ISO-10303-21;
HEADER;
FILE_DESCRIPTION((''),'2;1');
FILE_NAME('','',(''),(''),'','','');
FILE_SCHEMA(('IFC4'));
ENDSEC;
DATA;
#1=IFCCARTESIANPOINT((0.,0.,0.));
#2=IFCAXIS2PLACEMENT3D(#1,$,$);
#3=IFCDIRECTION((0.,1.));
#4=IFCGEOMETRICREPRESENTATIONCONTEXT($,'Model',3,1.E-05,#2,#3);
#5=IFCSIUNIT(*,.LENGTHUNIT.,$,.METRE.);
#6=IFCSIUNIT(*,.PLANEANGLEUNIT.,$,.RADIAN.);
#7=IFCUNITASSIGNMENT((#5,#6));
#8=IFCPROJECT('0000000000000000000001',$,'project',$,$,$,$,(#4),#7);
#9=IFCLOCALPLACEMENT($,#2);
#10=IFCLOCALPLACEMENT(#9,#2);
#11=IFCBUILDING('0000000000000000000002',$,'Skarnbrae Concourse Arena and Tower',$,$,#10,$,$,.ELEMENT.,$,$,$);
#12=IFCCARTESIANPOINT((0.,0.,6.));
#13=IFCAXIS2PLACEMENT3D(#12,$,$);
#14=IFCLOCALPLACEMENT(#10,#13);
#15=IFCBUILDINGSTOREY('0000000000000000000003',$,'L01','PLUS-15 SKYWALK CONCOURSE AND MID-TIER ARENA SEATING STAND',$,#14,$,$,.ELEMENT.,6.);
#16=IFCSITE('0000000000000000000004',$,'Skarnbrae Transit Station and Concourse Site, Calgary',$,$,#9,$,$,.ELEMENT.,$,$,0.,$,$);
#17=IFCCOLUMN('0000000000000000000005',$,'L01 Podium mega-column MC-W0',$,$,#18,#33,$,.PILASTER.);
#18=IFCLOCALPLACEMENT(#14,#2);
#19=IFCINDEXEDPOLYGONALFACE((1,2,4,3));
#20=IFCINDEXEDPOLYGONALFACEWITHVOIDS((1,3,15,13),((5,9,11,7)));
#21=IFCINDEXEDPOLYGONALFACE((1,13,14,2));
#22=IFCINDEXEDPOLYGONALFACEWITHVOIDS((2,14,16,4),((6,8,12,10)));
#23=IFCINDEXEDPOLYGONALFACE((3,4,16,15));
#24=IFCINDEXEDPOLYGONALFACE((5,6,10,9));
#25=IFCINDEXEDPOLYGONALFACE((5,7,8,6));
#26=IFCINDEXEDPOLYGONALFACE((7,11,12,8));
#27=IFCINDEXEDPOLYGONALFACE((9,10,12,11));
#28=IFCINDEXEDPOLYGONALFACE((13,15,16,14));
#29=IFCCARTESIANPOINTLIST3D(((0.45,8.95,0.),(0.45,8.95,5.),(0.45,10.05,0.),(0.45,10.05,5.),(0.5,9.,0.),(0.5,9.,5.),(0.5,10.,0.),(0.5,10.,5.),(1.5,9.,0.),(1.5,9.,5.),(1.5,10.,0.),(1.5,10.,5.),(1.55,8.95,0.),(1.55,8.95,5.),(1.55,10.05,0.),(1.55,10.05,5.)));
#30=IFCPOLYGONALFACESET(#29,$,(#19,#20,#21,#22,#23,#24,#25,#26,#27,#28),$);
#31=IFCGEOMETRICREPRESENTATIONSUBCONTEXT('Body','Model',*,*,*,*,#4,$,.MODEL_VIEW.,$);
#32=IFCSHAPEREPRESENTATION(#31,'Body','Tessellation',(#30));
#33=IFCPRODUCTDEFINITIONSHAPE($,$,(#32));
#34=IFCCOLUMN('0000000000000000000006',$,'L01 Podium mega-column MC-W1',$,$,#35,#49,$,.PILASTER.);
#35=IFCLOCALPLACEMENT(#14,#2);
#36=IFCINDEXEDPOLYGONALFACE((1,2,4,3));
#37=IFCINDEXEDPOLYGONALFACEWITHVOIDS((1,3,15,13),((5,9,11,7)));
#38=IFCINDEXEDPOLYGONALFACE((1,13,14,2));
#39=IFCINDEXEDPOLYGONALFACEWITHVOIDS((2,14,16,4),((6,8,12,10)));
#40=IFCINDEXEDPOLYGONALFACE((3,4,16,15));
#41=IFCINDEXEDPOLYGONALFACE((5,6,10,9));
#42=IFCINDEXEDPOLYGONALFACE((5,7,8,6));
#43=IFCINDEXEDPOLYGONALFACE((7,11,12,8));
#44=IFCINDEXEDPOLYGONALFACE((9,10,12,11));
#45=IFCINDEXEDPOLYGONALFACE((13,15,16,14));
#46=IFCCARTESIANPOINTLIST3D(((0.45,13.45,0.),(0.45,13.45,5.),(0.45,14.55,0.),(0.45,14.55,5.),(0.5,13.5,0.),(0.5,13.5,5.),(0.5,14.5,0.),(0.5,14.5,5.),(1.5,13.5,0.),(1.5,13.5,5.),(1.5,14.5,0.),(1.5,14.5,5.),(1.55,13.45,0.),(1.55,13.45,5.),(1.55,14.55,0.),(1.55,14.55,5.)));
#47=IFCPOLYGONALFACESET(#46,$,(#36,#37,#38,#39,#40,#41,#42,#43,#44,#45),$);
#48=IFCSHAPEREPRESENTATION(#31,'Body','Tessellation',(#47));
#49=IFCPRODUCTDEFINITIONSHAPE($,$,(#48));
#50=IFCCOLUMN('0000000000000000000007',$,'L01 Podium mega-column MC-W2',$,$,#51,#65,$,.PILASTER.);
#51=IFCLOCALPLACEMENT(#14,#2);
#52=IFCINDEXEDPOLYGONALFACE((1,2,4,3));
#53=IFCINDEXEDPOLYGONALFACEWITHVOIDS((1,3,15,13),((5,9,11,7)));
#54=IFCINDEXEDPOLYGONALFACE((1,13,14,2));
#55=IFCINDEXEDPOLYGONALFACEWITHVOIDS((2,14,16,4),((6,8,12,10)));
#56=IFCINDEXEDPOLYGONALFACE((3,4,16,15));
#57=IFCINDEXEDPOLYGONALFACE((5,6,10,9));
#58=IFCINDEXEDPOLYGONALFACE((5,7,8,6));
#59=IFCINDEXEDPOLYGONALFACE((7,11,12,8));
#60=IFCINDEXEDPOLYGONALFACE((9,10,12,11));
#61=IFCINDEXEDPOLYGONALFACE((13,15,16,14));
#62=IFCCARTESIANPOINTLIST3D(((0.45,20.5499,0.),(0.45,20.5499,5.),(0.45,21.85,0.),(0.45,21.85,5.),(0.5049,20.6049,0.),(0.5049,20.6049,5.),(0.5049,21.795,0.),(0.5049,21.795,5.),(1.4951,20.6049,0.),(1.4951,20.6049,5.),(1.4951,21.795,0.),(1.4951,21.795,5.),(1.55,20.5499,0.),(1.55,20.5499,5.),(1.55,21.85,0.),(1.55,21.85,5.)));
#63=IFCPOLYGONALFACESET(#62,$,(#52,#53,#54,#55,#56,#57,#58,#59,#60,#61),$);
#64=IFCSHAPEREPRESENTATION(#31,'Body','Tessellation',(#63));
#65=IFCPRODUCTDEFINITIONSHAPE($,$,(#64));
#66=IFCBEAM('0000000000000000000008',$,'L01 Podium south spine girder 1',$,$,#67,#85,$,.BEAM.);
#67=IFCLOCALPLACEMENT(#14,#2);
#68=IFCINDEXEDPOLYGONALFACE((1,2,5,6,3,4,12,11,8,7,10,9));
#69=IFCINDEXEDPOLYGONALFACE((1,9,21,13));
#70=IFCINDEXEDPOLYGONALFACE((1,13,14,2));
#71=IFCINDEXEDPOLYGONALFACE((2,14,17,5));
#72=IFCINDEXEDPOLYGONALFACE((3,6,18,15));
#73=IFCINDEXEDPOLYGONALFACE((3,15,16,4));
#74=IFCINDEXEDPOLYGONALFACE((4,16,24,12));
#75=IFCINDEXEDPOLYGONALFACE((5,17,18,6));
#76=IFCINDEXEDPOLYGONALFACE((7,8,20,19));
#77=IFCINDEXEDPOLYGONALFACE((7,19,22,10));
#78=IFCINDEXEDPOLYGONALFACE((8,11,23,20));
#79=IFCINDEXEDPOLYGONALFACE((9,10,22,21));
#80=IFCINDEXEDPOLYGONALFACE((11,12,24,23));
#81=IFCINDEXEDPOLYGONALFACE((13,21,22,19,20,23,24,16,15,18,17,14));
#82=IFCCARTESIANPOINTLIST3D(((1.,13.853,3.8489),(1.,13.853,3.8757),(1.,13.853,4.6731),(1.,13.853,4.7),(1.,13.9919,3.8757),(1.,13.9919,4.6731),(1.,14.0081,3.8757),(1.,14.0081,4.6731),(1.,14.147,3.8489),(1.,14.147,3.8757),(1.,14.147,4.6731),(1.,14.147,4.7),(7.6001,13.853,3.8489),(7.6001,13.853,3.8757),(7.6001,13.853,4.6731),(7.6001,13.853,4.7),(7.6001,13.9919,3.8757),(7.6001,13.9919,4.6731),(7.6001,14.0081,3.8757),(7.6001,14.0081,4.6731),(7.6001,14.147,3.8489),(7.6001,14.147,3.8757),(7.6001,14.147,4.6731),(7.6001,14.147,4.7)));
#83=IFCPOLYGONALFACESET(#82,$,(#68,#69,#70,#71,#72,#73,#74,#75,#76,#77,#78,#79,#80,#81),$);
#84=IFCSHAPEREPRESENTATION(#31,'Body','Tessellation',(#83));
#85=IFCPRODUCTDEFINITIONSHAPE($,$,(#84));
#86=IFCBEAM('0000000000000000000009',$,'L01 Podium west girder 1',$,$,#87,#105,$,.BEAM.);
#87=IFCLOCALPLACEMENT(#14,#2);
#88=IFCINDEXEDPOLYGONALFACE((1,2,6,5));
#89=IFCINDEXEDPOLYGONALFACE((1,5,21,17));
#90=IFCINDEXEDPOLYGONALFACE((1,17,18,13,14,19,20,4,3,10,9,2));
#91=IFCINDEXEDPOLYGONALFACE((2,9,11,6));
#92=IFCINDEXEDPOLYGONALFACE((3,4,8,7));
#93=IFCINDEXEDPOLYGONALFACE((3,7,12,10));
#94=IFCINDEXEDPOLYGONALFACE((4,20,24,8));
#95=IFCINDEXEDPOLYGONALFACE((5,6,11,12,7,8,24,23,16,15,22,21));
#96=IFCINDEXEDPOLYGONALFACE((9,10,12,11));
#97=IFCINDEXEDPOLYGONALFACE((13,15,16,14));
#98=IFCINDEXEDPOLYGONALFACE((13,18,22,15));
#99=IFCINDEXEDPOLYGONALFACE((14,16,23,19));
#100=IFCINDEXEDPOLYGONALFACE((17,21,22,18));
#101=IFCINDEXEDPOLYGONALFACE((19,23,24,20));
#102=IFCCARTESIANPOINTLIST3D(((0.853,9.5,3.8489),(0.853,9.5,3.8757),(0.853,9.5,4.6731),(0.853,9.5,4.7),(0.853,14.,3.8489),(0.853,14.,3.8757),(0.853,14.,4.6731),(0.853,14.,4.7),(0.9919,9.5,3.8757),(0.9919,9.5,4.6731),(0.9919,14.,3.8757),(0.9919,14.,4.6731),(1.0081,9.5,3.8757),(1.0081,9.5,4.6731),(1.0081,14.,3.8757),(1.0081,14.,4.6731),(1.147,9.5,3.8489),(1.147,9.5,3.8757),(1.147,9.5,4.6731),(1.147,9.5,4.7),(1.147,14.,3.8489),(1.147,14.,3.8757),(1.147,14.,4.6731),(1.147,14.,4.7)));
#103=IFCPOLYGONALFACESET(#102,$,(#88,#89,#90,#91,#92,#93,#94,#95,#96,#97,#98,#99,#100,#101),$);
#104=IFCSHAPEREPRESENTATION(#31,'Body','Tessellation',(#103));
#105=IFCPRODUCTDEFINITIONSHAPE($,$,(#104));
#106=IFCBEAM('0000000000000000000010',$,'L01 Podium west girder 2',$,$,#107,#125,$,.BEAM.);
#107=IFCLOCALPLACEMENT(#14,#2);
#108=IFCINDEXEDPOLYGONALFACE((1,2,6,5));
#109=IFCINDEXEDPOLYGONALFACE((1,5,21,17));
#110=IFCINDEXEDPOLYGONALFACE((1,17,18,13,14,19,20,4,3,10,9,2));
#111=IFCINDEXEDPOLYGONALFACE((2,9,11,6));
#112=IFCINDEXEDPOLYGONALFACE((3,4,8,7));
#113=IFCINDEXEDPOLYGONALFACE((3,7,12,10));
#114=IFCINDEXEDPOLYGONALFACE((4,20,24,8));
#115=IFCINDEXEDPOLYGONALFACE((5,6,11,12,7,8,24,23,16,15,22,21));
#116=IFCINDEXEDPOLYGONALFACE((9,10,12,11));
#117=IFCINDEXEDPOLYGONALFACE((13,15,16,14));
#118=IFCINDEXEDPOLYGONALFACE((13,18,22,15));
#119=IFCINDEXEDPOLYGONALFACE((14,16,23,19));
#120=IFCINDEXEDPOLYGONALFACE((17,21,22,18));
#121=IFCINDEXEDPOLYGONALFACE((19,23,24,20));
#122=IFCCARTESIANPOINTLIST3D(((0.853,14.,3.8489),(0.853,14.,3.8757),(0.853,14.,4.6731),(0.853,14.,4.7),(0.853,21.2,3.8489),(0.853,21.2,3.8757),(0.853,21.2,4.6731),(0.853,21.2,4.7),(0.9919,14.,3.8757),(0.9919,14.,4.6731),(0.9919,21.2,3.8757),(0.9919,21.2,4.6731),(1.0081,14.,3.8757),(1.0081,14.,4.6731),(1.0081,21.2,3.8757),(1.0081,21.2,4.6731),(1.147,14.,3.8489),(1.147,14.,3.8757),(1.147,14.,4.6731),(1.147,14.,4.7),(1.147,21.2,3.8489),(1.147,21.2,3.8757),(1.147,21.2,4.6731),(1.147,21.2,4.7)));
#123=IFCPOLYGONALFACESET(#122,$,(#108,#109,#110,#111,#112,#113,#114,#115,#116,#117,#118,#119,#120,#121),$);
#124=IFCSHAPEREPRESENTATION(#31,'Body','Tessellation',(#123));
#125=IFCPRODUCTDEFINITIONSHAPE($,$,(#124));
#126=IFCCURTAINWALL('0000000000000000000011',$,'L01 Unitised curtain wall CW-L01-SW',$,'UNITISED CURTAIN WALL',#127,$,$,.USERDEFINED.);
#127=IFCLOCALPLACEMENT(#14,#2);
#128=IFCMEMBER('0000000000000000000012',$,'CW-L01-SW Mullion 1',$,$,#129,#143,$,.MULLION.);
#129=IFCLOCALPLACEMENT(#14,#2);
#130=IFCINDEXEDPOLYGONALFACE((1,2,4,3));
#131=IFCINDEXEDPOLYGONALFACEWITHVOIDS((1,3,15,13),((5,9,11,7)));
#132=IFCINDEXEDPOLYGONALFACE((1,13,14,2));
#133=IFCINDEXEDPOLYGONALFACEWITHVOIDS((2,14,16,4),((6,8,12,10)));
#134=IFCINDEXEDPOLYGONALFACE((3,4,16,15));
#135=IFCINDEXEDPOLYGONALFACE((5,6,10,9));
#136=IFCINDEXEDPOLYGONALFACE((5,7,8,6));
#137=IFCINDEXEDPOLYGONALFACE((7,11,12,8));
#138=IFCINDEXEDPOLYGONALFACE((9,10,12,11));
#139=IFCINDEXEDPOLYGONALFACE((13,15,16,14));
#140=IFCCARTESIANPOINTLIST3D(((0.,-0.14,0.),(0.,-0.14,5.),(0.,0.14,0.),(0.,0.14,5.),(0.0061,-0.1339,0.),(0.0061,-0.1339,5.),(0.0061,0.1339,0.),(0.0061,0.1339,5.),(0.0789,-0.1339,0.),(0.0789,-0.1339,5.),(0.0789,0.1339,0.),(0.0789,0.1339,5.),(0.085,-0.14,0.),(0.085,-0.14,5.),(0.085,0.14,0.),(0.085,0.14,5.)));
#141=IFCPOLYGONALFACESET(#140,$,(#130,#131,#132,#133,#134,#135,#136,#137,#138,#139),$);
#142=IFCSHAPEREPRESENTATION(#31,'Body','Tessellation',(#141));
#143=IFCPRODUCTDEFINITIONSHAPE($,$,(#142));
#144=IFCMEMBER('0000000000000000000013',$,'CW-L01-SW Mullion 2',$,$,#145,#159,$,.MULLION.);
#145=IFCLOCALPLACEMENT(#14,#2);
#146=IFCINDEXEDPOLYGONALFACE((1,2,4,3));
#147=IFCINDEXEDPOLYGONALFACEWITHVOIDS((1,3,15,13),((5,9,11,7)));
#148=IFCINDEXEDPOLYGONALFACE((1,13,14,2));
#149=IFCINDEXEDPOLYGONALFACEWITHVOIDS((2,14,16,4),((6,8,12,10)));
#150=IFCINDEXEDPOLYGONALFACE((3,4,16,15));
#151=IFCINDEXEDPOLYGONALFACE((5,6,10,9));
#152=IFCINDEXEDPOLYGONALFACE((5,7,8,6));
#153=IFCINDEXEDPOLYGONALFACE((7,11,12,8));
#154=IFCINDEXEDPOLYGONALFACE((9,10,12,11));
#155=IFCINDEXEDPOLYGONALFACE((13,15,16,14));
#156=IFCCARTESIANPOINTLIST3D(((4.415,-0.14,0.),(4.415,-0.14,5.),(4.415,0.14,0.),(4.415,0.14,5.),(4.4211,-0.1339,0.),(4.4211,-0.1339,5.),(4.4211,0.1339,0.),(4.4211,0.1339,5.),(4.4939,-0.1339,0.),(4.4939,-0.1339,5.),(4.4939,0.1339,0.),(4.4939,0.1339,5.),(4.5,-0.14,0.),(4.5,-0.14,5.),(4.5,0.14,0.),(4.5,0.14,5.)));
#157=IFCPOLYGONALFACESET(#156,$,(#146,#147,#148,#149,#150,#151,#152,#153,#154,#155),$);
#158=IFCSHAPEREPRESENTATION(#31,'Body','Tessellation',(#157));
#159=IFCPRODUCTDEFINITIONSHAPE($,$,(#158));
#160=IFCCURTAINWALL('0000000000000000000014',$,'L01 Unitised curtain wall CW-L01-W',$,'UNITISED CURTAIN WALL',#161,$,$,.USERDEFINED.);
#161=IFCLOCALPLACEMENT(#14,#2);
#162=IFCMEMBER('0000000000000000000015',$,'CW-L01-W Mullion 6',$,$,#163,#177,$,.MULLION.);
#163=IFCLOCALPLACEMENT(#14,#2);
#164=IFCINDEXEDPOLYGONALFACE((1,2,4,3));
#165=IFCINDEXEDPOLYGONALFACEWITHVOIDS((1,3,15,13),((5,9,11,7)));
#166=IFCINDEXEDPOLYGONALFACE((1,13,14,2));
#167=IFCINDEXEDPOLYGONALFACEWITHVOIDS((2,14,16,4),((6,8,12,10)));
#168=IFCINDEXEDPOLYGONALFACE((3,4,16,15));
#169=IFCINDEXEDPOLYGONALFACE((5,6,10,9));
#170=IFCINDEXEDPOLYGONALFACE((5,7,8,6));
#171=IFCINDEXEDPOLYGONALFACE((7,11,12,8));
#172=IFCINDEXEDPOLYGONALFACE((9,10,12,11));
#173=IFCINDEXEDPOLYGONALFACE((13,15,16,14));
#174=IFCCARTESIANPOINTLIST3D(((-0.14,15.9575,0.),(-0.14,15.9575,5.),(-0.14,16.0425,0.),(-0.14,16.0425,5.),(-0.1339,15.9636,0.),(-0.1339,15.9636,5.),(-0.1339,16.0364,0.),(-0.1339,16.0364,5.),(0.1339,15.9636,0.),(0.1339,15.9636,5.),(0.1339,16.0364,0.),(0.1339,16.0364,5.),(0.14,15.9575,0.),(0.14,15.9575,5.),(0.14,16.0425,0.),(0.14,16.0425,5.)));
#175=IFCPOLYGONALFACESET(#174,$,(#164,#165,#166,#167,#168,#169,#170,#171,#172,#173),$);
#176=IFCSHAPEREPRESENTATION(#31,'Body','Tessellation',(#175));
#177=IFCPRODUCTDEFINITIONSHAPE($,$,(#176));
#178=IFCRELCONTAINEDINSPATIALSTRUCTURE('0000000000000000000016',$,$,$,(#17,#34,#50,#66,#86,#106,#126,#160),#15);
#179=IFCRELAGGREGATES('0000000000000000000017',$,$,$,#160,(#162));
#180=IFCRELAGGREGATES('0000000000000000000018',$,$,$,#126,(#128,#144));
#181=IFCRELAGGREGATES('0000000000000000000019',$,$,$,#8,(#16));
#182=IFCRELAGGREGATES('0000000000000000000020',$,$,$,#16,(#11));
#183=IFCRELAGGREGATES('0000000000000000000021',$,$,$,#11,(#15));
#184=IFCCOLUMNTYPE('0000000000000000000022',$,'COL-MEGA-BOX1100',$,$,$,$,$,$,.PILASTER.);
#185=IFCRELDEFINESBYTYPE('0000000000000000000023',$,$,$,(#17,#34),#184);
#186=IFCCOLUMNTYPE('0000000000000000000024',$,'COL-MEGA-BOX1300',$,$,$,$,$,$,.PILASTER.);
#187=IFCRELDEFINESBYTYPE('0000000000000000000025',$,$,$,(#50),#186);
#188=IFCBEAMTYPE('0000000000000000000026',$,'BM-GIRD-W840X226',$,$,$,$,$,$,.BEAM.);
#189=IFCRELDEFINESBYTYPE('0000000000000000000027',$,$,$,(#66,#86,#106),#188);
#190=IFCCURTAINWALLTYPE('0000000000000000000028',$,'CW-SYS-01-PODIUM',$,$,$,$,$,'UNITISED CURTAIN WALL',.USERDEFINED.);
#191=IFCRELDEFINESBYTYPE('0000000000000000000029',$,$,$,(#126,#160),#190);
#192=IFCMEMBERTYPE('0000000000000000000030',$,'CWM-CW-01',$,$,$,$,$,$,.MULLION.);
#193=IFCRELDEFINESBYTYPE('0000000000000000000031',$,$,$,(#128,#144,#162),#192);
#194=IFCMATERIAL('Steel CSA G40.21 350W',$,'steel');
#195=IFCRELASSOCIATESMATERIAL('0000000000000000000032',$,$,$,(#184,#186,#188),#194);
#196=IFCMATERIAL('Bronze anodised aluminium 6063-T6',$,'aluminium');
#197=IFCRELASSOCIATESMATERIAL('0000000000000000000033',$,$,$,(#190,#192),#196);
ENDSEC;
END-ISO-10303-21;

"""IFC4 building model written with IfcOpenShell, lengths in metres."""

from ifc_helpers import new_model, si_unit, direction, frame, origin, origin_2d, place, context, subcontext, project, spatial, hollow_rectangle, i_section, extrude, source, transform, mapped, material, material_profile, profile_set, type_object, element, aggregate, save


model = new_model("IFC4")

# Units and contexts
model_context = context("Model", 3, precision=1e-05, world=origin(), true_north=direction((0.0, 1.0)))
body_context = subcontext(model_context, "Body", "Model", "MODEL_VIEW")
ifc_project = project(units=[si_unit("LENGTHUNIT", "METRE"), si_unit("PLANEANGLEUNIT", "RADIAN")], contexts=[model_context])

# Site, building, storey
site_placement = place(None, origin())
site = spatial("IfcSite", under=ifc_project, at=site_placement, Name="Skarnbrae Transit Station and Concourse Site, Calgary", CompositionType="ELEMENT", RefElevation=0.0)
building_placement = place(site_placement, origin())
building = spatial("IfcBuilding", under=site, at=building_placement, Name="Skarnbrae Concourse Arena and Tower", CompositionType="ELEMENT")
storey_placement = place(building_placement, frame((0.0, 0.0, 6.0)))
storey = spatial("IfcBuildingStorey", under=building, at=storey_placement, Name="L01", Description="PLUS-15 SKYWALK CONCOURSE AND MID-TIER ARENA SEATING STAND", CompositionType="ELEMENT", Elevation=6.0)

# Columns
ifc_material_1 = material(Name="Steel CSA G40.21 350W", Category="steel")
ifc_material_profile_1 = material_profile(ifc_material_1, hollow_rectangle(XDim=1.1001, YDim=1.1001, WallThickness=0.05, at=origin_2d()), Name="BOX1100X1100X50")
ifc_profile_set_1 = profile_set([ifc_material_profile_1], Name="Steel CSA G40.21 350W")
column_type_1 = type_object("IfcColumnType", Name="COL-MEGA-BOX1100", PredefinedType="PILASTER", material=ifc_profile_set_1)
shared_shape_1 = source(origin(), body_context, "Body", "SweptSolid", [
    extrude(hollow_rectangle(XDim=1.1001, YDim=1.1001, WallThickness=0.05, at=origin_2d()), origin(), (0.0, 0.0, 1.0), 5.0),
])
for number, where, z_axis, x_axis, name in (
    (1, (1.0, 9.5, 0.0), (0.0, 0.0, 1.0), (1.0, 0.0, 0.0), "L01 Podium mega-column MC-W0"),
    (2, (1.0, 14.0, 0.0), (0.0, 0.0, 1.0), (1.0, 0.0, 0.0), "L01 Podium mega-column MC-W1"),
):
    element("IfcColumn", number, at=place(storey_placement, frame(where, z_axis=z_axis, x_axis=x_axis)), inside=storey, type_object=column_type_1, Name=name, PredefinedType="PILASTER", context=body_context, shape_type="MappedRepresentation", body=[
        mapped(shared_shape_1, transform((0.0, 0.0, 0.0))),
    ])
ifc_material_profile_2 = material_profile(ifc_material_1, hollow_rectangle(XDim=1.1001, YDim=1.3, WallThickness=0.0549, at=origin_2d()), Name="BOX1300X1100X55")
ifc_profile_set_2 = profile_set([ifc_material_profile_2], Name="Steel CSA G40.21 350W")
column_type_2 = type_object("IfcColumnType", Name="COL-MEGA-BOX1300", PredefinedType="PILASTER", material=ifc_profile_set_2)
shared_shape_2 = source(origin(), body_context, "Body", "SweptSolid", [
    extrude(hollow_rectangle(XDim=1.1001, YDim=1.3, WallThickness=0.0549, at=origin_2d()), origin(), (0.0, 0.0, 1.0), 5.0),
])
column_placement = place(storey_placement, frame((1.0, 21.2, 0.0), z_axis=(0.0, 0.0, 1.0), x_axis=(1.0, 0.0, 0.0)))
element("IfcColumn", 3, at=column_placement, inside=storey, type_object=column_type_2, Name="L01 Podium mega-column MC-W2", PredefinedType="PILASTER", context=body_context, shape_type="MappedRepresentation", body=[
    mapped(shared_shape_2, transform((0.0, 0.0, 0.0))),
])

# Beams
ifc_material_profile_3 = material_profile(ifc_material_1, i_section(OverallWidth=0.2939, OverallDepth=0.8511, WebThickness=0.0161, FlangeThickness=0.0269, at=origin_2d()), Name="W840X226")
ifc_profile_set_3 = profile_set([ifc_material_profile_3], Name="Steel CSA G40.21 350W")
beam_type = type_object("IfcBeamType", Name="BM-GIRD-W840X226", PredefinedType="BEAM", material=ifc_profile_set_3)
shared_shape_3 = source(origin(), body_context, "Body", "SweptSolid", [
    extrude(i_section(OverallWidth=0.2939, OverallDepth=0.8511, WebThickness=0.0161, FlangeThickness=0.0269, at=origin_2d()), origin(), (0.0, 0.0, 1.0), 6.6001),
])
beam_1_placement = place(storey_placement, frame((1.0, 14.0, 4.2744), z_axis=(1.0, 0.0, 0.0), x_axis=(0.0, 1.0, 0.0)))
element("IfcBeam", 4, at=beam_1_placement, inside=storey, type_object=beam_type, Name="L01 Podium south spine girder 1", PredefinedType="BEAM", context=body_context, shape_type="MappedRepresentation", body=[
    mapped(shared_shape_3, transform((0.0, 0.0, 0.0))),
])
shared_shape_4 = source(origin(), body_context, "Body", "SweptSolid", [
    extrude(i_section(OverallWidth=0.2939, OverallDepth=0.8511, WebThickness=0.0161, FlangeThickness=0.0269, at=origin_2d()), origin(), (0.0, 0.0, 1.0), 4.5),
])
beam_2_placement = place(storey_placement, frame((1.0, 9.5, 4.2744), z_axis=(0.0, 1.0, 0.0), x_axis=(-1.0, 0.0, 0.0)))
element("IfcBeam", 5, at=beam_2_placement, inside=storey, type_object=beam_type, Name="L01 Podium west girder 1", PredefinedType="BEAM", context=body_context, shape_type="MappedRepresentation", body=[
    mapped(shared_shape_4, transform((0.0, 0.0, 0.0))),
])
shared_shape_5 = source(origin(), body_context, "Body", "SweptSolid", [
    extrude(i_section(OverallWidth=0.2939, OverallDepth=0.8511, WebThickness=0.0161, FlangeThickness=0.0269, at=origin_2d()), origin(), (0.0, 0.0, 1.0), 7.2),
])
beam_3_placement = place(storey_placement, frame((1.0, 14.0, 4.2744), z_axis=(0.0, 1.0, 0.0), x_axis=(-1.0, 0.0, 0.0)))
element("IfcBeam", 6, at=beam_3_placement, inside=storey, type_object=beam_type, Name="L01 Podium west girder 2", PredefinedType="BEAM", context=body_context, shape_type="MappedRepresentation", body=[
    mapped(shared_shape_5, transform((0.0, 0.0, 0.0))),
])

# Curtain walls, members
ifc_material_2 = material(Name="Bronze anodised aluminium 6063-T6", Category="aluminium")
curtain_wall_type = type_object("IfcCurtainWallType", Name="CW-SYS-01-PODIUM", ElementType="UNITISED CURTAIN WALL", PredefinedType="USERDEFINED", material=ifc_material_2)
curtain_wall_1_placement = place(storey_placement, origin())
curtain_wall_1 = element("IfcCurtainWall", 7, at=curtain_wall_1_placement, inside=storey, type_object=curtain_wall_type, Name="L01 Unitised curtain wall CW-L01-SW", ObjectType="UNITISED CURTAIN WALL", PredefinedType="USERDEFINED")
ifc_material_profile_4 = material_profile(ifc_material_2, hollow_rectangle(XDim=0.085, YDim=0.28, WallThickness=0.0061, at=origin_2d()), Name="ALU-MULL-85X280")
ifc_profile_set_4 = profile_set([ifc_material_profile_4], Name="Bronze anodised aluminium 6063-T6")
member_type_1 = type_object("IfcMemberType", Name="CWM-CW-01", PredefinedType="MULLION", material=ifc_profile_set_4)
shared_shape_6 = source(origin(), body_context, "Body", "SweptSolid", [
    extrude(hollow_rectangle(XDim=0.085, YDim=0.28, WallThickness=0.0061, at=origin_2d()), origin(), (0.0, 0.0, 1.0), 5.0),
])
member_1_placement = place(storey_placement, frame((0.0425, 0.0, 0.0), z_axis=(0.0, 0.0, 1.0), x_axis=(1.0, 0.0, 0.0)))
member_1 = element("IfcMember", 8, at=member_1_placement, type_object=member_type_1, Name="CW-L01-SW Mullion 1", PredefinedType="MULLION", context=body_context, shape_type="MappedRepresentation", body=[
    mapped(shared_shape_6, transform((0.0, 0.0, 0.0))),
])
member_2_placement = place(storey_placement, frame((4.4575, 0.0, 0.0), z_axis=(0.0, 0.0, 1.0), x_axis=(1.0, 0.0, 0.0)))
member_2 = element("IfcMember", 9, at=member_2_placement, type_object=member_type_1, Name="CW-L01-SW Mullion 2", PredefinedType="MULLION", context=body_context, shape_type="MappedRepresentation", body=[
    mapped(shared_shape_6, transform((0.0, 0.0, 0.0))),
])
curtain_wall_2_placement = place(storey_placement, origin())
curtain_wall_2 = element("IfcCurtainWall", 10, at=curtain_wall_2_placement, inside=storey, type_object=curtain_wall_type, Name="L01 Unitised curtain wall CW-L01-W", ObjectType="UNITISED CURTAIN WALL", PredefinedType="USERDEFINED")
member_3_placement = place(storey_placement, frame((0.0, 16.0, 0.0), z_axis=(0.0, 0.0, 1.0), x_axis=(0.0, -1.0, 0.0)))
member_3 = element("IfcMember", 11, at=member_3_placement, type_object=member_type_1, Name="CW-L01-W Mullion 6", PredefinedType="MULLION", context=body_context, shape_type="MappedRepresentation", body=[
    mapped(shared_shape_6, transform((0.0, 0.0, 0.0))),
])

aggregate(curtain_wall_2, [member_3])
aggregate(curtain_wall_1, [member_1, member_2])

save(model, "model.ifc")
